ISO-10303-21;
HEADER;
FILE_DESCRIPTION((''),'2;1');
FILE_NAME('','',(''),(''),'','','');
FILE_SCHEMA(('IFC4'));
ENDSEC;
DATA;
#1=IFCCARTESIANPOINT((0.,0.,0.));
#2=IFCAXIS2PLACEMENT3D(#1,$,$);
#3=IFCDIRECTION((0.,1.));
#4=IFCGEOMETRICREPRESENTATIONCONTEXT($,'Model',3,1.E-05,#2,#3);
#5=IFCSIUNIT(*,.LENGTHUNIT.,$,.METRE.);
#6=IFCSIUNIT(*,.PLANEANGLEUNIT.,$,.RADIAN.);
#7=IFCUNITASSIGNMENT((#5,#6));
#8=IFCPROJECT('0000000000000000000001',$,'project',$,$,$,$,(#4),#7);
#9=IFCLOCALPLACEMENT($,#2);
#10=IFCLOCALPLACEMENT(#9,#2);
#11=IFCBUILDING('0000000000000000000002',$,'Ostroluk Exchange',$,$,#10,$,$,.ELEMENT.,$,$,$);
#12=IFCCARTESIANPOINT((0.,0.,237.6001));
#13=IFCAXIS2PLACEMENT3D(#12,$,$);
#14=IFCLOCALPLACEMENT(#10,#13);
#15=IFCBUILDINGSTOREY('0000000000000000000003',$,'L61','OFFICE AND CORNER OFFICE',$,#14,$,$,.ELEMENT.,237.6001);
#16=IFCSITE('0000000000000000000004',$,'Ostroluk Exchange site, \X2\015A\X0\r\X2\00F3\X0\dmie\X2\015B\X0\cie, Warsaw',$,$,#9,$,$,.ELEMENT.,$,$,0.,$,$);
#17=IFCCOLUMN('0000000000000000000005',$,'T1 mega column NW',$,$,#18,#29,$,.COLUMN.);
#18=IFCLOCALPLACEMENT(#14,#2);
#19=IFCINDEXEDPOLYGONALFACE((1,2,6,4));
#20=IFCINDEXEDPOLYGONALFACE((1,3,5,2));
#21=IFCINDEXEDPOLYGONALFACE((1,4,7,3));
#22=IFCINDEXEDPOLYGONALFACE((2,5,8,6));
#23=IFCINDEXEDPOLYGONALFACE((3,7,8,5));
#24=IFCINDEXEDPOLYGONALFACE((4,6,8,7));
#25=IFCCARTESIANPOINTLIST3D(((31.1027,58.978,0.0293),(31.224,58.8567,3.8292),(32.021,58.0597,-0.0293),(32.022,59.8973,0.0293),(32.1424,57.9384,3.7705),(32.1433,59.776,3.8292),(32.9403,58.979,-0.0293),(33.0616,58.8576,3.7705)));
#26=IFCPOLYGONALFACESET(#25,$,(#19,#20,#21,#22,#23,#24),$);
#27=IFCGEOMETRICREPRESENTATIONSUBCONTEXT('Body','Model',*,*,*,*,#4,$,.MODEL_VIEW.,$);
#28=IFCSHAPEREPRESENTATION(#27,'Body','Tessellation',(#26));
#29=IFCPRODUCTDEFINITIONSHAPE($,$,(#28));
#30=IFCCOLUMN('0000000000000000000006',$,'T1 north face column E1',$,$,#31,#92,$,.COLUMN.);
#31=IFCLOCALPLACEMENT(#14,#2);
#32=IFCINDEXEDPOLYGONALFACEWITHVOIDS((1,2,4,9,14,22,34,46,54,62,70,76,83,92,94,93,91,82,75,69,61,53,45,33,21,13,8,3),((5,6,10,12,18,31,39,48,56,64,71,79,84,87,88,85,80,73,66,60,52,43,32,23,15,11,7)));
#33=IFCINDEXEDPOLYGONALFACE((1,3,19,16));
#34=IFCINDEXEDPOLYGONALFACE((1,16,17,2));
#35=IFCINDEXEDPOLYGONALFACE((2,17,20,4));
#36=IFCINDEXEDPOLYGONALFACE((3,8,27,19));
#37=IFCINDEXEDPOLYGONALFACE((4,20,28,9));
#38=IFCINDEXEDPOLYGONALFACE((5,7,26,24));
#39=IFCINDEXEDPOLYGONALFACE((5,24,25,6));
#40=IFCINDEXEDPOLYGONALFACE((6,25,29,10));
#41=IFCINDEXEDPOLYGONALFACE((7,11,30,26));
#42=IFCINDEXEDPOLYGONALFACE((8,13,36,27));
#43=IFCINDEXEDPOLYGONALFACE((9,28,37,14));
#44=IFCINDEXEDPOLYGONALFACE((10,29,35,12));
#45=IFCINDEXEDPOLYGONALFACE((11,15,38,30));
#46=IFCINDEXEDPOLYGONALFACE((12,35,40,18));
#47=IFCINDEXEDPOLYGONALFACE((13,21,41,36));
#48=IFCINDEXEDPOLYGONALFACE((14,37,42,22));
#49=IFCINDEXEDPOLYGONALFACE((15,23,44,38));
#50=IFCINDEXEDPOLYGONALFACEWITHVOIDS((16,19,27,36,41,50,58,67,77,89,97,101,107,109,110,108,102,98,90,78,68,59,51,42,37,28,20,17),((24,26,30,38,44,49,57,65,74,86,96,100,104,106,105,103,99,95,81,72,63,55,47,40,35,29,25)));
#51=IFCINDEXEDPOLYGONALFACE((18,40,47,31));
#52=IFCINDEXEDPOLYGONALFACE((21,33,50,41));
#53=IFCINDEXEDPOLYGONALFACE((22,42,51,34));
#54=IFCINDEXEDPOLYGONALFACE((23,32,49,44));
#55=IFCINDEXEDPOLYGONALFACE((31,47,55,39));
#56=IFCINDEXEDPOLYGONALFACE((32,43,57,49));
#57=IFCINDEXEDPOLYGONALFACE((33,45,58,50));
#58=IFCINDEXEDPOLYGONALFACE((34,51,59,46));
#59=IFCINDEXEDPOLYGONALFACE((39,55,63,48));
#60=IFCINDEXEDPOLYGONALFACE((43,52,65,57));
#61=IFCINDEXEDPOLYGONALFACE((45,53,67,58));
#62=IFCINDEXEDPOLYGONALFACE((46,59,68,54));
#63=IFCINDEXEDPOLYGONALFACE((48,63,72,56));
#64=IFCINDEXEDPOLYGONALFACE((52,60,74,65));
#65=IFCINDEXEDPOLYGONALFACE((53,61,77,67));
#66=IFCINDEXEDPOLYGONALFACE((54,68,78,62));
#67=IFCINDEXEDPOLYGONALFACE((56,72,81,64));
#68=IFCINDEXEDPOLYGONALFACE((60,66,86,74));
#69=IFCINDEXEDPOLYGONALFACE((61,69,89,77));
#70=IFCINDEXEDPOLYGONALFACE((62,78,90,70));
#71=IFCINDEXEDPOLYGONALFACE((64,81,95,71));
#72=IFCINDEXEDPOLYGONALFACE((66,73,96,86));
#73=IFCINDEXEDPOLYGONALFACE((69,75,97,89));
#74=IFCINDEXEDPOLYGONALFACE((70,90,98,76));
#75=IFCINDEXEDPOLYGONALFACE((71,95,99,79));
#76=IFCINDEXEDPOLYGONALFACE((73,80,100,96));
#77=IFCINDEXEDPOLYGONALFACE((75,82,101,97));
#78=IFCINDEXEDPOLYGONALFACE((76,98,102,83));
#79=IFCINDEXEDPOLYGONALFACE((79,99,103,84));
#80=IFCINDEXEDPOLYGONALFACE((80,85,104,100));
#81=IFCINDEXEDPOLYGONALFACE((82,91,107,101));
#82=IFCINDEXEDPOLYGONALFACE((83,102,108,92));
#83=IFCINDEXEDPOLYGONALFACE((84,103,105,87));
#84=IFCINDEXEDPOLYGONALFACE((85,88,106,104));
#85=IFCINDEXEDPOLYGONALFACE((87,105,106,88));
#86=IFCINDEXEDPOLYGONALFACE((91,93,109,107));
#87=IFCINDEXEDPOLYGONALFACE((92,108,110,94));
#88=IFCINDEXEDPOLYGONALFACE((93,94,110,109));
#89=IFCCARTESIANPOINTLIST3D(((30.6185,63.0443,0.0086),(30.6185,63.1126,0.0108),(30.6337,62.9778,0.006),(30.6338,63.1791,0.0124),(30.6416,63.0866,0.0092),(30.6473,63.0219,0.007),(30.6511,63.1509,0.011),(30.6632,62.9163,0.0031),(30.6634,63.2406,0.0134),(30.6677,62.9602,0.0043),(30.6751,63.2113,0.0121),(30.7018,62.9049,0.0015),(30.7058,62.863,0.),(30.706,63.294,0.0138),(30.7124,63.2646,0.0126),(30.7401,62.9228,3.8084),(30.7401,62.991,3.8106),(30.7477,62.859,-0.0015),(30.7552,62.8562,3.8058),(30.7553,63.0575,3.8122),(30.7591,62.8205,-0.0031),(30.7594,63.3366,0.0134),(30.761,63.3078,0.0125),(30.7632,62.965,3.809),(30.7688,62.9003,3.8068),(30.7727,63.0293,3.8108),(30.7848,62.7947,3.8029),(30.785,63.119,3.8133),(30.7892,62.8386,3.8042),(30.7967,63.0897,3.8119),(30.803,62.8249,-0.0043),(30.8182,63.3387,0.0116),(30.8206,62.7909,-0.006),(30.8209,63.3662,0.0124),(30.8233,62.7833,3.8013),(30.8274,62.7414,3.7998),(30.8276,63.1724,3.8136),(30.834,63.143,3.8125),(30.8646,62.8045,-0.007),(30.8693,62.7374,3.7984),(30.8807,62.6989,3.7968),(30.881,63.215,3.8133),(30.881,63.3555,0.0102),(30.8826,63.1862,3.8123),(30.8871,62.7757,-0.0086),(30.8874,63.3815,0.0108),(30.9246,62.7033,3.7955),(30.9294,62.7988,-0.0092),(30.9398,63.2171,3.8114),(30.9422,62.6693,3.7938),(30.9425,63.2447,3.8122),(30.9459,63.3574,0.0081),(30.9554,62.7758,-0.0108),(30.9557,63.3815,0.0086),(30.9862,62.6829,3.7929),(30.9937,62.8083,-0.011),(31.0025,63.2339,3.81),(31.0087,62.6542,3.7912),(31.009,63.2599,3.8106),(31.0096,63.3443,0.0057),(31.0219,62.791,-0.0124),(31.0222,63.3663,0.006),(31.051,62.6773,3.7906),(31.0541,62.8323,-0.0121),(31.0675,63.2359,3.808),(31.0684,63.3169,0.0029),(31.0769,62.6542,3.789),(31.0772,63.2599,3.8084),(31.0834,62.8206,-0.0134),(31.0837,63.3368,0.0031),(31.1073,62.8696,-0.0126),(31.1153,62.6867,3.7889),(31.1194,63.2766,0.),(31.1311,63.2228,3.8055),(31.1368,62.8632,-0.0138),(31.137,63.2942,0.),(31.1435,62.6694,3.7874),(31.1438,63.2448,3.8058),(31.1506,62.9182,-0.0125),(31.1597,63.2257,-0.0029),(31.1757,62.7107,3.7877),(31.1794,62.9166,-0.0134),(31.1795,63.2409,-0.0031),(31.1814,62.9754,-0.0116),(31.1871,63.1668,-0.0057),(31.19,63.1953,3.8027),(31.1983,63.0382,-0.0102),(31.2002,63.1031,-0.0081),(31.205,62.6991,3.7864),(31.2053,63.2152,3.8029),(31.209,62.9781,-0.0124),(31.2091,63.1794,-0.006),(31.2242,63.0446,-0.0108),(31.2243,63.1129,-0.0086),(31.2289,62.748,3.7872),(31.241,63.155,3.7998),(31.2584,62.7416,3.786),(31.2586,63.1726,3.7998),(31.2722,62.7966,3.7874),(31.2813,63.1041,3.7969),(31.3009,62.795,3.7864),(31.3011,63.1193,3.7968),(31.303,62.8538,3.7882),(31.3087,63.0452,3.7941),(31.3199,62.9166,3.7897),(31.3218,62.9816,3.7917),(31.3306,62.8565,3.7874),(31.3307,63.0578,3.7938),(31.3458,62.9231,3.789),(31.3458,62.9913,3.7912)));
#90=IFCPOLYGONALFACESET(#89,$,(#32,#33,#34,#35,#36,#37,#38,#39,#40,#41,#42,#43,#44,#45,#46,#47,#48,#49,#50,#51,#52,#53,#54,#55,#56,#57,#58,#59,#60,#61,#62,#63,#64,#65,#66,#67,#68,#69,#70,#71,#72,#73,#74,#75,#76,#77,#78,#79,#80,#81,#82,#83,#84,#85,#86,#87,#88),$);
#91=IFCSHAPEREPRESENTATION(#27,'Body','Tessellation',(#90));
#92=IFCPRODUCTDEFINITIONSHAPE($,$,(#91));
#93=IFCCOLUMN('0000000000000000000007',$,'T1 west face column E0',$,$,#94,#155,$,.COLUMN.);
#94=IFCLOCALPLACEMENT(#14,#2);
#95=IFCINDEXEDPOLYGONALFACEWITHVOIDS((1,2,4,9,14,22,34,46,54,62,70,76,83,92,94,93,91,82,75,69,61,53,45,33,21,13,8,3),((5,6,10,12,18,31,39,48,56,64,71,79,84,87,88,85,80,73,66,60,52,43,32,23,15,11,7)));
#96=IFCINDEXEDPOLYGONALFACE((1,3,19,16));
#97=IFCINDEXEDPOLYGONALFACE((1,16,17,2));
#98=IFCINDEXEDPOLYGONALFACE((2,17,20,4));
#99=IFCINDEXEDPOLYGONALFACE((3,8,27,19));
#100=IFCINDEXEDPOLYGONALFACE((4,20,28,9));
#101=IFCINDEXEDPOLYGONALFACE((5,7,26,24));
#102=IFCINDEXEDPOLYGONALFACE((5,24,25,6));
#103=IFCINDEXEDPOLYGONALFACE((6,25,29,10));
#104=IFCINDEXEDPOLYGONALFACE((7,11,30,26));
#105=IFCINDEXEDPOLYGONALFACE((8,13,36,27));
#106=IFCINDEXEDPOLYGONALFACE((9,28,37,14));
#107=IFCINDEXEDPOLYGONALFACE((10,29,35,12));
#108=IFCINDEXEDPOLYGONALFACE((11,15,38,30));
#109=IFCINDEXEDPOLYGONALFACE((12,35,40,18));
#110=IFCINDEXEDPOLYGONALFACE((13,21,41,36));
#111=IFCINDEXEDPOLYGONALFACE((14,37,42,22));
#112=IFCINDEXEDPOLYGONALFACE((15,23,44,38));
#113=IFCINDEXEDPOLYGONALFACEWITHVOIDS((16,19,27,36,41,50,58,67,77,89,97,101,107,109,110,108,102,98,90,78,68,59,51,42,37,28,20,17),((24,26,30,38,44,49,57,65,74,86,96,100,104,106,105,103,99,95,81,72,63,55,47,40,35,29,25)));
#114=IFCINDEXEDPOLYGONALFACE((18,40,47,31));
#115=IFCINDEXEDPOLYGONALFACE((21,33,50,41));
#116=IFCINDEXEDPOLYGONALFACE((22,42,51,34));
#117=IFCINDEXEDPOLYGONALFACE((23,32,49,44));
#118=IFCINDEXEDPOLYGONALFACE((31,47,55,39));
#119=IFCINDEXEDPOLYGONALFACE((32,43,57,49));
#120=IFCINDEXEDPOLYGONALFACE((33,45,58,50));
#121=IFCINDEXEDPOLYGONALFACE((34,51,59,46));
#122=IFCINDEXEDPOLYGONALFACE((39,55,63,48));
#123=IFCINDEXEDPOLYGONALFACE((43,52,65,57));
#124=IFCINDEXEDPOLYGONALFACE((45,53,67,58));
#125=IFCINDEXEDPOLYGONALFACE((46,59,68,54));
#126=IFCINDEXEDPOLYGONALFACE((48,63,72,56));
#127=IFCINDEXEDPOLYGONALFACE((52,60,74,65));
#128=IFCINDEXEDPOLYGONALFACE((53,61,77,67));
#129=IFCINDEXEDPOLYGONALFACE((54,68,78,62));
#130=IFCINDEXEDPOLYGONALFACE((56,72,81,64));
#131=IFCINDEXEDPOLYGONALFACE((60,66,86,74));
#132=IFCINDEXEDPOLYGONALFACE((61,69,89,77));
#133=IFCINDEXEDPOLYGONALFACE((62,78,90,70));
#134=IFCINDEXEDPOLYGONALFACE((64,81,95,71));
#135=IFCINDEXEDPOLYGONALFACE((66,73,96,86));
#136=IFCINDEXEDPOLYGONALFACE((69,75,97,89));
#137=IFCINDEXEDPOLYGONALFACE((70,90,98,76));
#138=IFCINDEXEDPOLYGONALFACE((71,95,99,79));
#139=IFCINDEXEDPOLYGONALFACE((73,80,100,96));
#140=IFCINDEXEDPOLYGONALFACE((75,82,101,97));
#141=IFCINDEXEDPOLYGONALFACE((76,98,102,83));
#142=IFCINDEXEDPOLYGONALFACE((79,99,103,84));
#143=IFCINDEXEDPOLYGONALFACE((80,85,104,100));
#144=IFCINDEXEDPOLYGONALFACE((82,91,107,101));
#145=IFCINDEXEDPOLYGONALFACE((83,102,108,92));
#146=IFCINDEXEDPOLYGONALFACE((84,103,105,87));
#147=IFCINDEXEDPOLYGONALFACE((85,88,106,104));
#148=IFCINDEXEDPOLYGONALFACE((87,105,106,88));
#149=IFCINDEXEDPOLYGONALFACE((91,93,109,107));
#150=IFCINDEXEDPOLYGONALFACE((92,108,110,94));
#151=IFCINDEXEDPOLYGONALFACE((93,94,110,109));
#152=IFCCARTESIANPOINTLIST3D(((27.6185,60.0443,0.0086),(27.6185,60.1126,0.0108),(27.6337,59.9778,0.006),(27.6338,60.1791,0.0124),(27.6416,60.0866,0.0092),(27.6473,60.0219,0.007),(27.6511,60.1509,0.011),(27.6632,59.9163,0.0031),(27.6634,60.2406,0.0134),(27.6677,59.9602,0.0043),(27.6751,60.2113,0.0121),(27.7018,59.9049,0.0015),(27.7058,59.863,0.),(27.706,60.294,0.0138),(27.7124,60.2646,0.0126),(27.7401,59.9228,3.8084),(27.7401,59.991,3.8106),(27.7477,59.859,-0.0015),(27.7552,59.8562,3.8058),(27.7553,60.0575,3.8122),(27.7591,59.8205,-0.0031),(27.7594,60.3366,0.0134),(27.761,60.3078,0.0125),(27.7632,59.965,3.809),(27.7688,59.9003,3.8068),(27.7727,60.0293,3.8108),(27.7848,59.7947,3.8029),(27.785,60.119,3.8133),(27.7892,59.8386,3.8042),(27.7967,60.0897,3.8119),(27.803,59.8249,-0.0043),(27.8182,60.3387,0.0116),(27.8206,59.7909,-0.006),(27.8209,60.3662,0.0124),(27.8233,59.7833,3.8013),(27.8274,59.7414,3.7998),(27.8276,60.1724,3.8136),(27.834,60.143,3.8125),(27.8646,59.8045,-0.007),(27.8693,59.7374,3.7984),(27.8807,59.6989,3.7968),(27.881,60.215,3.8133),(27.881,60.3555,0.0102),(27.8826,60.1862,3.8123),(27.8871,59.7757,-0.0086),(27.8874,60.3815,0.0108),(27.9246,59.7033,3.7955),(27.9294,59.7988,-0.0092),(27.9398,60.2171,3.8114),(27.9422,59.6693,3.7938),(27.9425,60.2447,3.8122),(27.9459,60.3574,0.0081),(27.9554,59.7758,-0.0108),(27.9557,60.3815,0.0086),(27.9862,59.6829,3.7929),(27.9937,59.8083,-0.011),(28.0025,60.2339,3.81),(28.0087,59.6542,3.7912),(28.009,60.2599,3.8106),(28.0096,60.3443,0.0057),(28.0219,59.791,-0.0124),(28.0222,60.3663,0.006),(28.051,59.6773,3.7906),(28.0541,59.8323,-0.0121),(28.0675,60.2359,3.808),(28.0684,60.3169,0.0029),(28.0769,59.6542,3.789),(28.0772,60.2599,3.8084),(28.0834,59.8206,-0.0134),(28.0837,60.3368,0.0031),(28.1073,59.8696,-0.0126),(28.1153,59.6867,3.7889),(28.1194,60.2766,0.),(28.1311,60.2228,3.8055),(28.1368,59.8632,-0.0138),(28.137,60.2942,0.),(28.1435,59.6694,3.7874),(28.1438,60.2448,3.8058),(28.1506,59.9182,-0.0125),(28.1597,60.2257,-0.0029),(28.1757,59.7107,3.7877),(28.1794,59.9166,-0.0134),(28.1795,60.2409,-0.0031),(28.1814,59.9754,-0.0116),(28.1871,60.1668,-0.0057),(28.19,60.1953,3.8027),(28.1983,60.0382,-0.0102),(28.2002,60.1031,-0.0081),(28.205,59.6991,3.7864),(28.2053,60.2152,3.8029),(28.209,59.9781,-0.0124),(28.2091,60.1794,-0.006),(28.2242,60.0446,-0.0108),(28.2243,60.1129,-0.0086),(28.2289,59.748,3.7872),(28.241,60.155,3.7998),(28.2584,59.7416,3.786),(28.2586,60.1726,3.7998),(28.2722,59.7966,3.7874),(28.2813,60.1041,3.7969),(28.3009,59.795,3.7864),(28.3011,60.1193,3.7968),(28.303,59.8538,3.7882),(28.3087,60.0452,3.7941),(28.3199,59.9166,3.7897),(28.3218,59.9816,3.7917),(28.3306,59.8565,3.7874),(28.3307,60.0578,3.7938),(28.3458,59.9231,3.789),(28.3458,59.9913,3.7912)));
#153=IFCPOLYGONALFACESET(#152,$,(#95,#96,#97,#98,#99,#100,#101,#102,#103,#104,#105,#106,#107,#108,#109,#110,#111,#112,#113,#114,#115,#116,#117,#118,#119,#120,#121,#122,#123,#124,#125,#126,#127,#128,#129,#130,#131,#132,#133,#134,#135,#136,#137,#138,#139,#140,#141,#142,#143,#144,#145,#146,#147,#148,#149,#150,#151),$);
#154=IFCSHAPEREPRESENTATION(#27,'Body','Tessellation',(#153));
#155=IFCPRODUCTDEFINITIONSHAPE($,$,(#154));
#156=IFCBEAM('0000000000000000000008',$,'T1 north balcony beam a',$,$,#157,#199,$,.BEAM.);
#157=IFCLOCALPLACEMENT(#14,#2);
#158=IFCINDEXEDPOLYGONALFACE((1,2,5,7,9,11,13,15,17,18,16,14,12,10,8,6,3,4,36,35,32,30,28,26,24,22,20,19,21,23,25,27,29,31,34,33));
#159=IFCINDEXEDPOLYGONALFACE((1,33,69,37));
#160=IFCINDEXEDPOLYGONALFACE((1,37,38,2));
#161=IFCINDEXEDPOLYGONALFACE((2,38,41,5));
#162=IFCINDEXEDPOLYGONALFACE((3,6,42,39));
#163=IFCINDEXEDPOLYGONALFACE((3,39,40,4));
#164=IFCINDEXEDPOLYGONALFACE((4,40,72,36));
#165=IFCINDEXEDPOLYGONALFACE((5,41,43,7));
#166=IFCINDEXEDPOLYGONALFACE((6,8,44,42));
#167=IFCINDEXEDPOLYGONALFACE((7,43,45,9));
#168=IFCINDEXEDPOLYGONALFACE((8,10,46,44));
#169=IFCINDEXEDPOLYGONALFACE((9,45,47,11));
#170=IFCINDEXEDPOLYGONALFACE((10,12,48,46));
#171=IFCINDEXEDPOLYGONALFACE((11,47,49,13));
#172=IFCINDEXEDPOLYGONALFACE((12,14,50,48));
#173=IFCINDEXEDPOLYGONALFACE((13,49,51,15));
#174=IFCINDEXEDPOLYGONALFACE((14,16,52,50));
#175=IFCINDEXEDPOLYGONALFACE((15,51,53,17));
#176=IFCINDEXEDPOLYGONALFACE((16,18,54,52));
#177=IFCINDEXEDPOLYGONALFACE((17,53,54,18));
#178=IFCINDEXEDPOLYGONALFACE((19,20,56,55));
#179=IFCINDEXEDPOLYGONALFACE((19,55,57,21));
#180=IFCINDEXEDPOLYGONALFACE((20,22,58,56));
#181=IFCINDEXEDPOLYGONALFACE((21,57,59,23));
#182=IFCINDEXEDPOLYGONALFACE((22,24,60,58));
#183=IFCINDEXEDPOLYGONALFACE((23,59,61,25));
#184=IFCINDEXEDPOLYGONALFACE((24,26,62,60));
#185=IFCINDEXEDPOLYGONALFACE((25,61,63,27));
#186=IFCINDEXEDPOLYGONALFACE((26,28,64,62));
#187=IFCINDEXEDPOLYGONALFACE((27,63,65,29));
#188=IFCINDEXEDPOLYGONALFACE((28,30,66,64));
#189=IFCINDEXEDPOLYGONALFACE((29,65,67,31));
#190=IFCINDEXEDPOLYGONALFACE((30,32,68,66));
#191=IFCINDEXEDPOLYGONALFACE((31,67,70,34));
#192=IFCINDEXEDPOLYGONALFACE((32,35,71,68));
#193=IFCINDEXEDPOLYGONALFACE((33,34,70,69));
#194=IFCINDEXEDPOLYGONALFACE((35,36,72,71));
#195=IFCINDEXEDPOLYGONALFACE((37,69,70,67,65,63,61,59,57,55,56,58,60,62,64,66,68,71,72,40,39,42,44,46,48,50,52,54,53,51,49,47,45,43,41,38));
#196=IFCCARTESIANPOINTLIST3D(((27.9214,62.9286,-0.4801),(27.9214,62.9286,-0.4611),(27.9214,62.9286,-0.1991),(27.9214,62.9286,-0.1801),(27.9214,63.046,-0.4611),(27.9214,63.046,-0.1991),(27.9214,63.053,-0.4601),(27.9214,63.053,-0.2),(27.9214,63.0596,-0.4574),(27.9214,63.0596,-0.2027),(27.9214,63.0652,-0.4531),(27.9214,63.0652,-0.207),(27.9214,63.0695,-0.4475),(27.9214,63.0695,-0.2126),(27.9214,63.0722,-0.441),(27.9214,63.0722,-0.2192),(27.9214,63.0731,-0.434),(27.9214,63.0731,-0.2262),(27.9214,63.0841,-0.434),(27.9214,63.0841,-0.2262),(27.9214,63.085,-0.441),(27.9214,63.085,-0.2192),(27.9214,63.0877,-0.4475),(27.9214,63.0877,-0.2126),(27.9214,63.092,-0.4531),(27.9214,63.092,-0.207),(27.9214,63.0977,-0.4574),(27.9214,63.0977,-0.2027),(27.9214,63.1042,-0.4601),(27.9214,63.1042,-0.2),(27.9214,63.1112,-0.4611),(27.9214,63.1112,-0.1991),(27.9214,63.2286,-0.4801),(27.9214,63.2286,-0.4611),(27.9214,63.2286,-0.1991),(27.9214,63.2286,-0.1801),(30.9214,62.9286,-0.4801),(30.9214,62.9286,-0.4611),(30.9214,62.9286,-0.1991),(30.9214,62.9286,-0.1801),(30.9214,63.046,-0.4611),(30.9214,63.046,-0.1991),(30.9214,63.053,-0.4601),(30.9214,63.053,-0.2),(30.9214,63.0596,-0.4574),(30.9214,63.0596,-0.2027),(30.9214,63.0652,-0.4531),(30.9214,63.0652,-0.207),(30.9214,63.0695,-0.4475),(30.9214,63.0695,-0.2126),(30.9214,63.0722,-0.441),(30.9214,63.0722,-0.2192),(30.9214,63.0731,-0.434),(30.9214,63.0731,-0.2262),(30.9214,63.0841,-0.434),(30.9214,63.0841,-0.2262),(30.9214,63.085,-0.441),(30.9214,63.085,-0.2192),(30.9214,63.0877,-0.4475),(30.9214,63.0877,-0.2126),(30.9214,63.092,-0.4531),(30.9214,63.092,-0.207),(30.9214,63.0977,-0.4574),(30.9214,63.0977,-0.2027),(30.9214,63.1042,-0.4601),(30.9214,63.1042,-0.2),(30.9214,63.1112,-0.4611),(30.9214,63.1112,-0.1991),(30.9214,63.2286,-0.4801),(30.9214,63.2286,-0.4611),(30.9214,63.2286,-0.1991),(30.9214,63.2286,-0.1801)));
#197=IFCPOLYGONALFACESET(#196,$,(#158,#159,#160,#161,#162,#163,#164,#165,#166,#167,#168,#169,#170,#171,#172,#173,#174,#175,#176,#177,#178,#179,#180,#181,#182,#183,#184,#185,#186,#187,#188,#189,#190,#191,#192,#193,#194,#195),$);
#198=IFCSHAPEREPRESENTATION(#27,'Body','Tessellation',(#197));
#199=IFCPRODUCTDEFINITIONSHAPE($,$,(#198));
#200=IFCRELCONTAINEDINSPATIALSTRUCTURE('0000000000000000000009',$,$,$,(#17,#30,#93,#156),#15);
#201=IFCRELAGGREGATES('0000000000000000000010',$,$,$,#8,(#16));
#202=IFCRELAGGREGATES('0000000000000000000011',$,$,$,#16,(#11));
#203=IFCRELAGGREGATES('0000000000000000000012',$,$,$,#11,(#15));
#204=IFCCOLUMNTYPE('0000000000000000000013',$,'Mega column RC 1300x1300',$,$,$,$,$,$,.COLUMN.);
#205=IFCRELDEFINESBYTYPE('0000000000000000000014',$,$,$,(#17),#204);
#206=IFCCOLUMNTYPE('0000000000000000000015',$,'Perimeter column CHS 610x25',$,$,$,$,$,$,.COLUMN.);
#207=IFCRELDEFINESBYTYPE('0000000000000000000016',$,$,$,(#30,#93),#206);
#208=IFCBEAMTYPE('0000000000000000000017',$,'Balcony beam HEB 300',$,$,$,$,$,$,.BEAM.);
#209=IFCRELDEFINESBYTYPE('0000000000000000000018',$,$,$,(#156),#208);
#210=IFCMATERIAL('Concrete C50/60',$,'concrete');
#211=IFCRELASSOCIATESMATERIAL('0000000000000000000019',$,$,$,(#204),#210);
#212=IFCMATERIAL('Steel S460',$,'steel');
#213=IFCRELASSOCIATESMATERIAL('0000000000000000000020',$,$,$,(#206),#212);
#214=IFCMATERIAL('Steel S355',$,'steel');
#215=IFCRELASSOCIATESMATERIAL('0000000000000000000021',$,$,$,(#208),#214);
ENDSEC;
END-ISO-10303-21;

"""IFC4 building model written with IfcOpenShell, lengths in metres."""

from ifc_helpers import new_model, si_unit, direction, frame, origin, origin_2d, place, context, subcontext, project, spatial, rectangle, hollow_circle, i_section, extrude, material, material_profile, profile_set, type_object, element, save


model = new_model("IFC4")

# Units and contexts
model_context = context("Model", 3, precision=1e-05, world=origin(), true_north=direction((0.0, 1.0)))
body_context = subcontext(model_context, "Body", "Model", "MODEL_VIEW")
ifc_project = project(units=[si_unit("LENGTHUNIT", "METRE"), si_unit("PLANEANGLEUNIT", "RADIAN")], contexts=[model_context])

# Site, building, storey
site_placement = place(None, origin())
site = spatial("IfcSite", under=ifc_project, at=site_placement, Name="Ostroluk Exchange site, Śródmieście, Warsaw", CompositionType="ELEMENT", RefElevation=0.0)
building_placement = place(site_placement, origin())
building = spatial("IfcBuilding", under=site, at=building_placement, Name="Ostroluk Exchange", CompositionType="ELEMENT")
storey_placement = place(building_placement, frame((0.0, 0.0, 237.6001)))
storey = spatial("IfcBuildingStorey", under=building, at=storey_placement, Name="L61", Description="OFFICE AND CORNER OFFICE", CompositionType="ELEMENT", Elevation=237.6001)

# Columns
ifc_material_1 = material(Name="Concrete C50/60", Category="concrete")
ifc_material_profile_1 = material_profile(ifc_material_1, rectangle(XDim=1.3, YDim=1.3, at=origin_2d()), Name="RC 1300x1300")
ifc_profile_set_1 = profile_set([ifc_material_profile_1], Name="Concrete C50/60")
column_type_1 = type_object("IfcColumnType", Name="Mega column RC 1300x1300", PredefinedType="COLUMN", material=ifc_profile_set_1)
column_placement = place(storey_placement, frame((32.0215, 58.9785, 0.0), z_axis=(0.0319, -0.0319, 0.998982), x_axis=(0.707107, 0.707107, 0.0)))
element("IfcColumn", 1, at=column_placement, inside=storey, type_object=column_type_1, Name="T1 mega column NW", PredefinedType="COLUMN", context=body_context, shape_type="SweptSolid", body=[
    extrude(rectangle(XDim=1.3, YDim=1.3, at=origin_2d()), origin(), (0.0, 0.0, 1.0), 3.8037),
])
ifc_material_2 = material(Name="Steel S460", Category="steel")
ifc_material_profile_2 = material_profile(ifc_material_2, hollow_circle(Radius=0.3049, WallThickness=0.0249, at=origin_2d()), Name="CHS 610x25")
ifc_profile_set_2 = profile_set([ifc_material_profile_2], Name="Steel S460")
column_type_2 = type_object("IfcColumnType", Name="Perimeter column CHS 610x25", PredefinedType="COLUMN", material=ifc_profile_set_2)
for number, where, z_axis, x_axis, name in (
    (2, (30.9214, 63.0786, 0.0), (0.031964, -0.031964, 0.998978), (0.707107, 0.707107, 0.0), "T1 north face column E1"),
    (3, (27.9214, 60.0786, 0.0), (0.031964, -0.031964, 0.998978), (0.707107, 0.707107, 0.0), "T1 west face column E0"),
):
    element("IfcColumn", number, at=place(storey_placement, frame(where, z_axis=z_axis, x_axis=x_axis)), inside=storey, type_object=column_type_2, Name=name, PredefinedType="COLUMN", context=body_context, shape_type="SweptSolid", body=[
        extrude(hollow_circle(Radius=0.3049, WallThickness=0.0249, at=origin_2d()), origin(), (0.0, 0.0, 1.0), 3.8037),
    ])

# Beam
ifc_material_3 = material(Name="Steel S355", Category="steel")
ifc_material_profile_3 = material_profile(ifc_material_3, i_section(OverallWidth=0.3, OverallDepth=0.3, WebThickness=0.011, FlangeThickness=0.019, FilletRadius=0.0271, at=origin_2d()), Name="HEB 300")
ifc_profile_set_3 = profile_set([ifc_material_profile_3], Name="Steel S355")
beam_type_1 = type_object("IfcBeamType", Name="Balcony beam HEB 300", PredefinedType="BEAM", material=ifc_profile_set_3)
for number, where, z_axis, x_axis, name in (
    (4, (30.9214, 63.0786, -0.3301), (-1.0, 0.0, 0.0), (0.0, -1.0, 0.0), "T1 north balcony beam a"),
):
    element("IfcBeam", number, at=place(storey_placement, frame(where, z_axis=z_axis, x_axis=x_axis)), inside=storey, type_object=beam_type_1, Name=name, PredefinedType="BEAM", context=body_context, shape_type="SweptSolid", body=[
        extrude(i_section(OverallWidth=0.3, OverallDepth=0.3, WebThickness=0.011, FlangeThickness=0.019, FilletRadius=0.0271, at=origin_2d()), origin(), (0.0, 0.0, 1.0), 3.0),
    ])

save(model, "model.ifc")
